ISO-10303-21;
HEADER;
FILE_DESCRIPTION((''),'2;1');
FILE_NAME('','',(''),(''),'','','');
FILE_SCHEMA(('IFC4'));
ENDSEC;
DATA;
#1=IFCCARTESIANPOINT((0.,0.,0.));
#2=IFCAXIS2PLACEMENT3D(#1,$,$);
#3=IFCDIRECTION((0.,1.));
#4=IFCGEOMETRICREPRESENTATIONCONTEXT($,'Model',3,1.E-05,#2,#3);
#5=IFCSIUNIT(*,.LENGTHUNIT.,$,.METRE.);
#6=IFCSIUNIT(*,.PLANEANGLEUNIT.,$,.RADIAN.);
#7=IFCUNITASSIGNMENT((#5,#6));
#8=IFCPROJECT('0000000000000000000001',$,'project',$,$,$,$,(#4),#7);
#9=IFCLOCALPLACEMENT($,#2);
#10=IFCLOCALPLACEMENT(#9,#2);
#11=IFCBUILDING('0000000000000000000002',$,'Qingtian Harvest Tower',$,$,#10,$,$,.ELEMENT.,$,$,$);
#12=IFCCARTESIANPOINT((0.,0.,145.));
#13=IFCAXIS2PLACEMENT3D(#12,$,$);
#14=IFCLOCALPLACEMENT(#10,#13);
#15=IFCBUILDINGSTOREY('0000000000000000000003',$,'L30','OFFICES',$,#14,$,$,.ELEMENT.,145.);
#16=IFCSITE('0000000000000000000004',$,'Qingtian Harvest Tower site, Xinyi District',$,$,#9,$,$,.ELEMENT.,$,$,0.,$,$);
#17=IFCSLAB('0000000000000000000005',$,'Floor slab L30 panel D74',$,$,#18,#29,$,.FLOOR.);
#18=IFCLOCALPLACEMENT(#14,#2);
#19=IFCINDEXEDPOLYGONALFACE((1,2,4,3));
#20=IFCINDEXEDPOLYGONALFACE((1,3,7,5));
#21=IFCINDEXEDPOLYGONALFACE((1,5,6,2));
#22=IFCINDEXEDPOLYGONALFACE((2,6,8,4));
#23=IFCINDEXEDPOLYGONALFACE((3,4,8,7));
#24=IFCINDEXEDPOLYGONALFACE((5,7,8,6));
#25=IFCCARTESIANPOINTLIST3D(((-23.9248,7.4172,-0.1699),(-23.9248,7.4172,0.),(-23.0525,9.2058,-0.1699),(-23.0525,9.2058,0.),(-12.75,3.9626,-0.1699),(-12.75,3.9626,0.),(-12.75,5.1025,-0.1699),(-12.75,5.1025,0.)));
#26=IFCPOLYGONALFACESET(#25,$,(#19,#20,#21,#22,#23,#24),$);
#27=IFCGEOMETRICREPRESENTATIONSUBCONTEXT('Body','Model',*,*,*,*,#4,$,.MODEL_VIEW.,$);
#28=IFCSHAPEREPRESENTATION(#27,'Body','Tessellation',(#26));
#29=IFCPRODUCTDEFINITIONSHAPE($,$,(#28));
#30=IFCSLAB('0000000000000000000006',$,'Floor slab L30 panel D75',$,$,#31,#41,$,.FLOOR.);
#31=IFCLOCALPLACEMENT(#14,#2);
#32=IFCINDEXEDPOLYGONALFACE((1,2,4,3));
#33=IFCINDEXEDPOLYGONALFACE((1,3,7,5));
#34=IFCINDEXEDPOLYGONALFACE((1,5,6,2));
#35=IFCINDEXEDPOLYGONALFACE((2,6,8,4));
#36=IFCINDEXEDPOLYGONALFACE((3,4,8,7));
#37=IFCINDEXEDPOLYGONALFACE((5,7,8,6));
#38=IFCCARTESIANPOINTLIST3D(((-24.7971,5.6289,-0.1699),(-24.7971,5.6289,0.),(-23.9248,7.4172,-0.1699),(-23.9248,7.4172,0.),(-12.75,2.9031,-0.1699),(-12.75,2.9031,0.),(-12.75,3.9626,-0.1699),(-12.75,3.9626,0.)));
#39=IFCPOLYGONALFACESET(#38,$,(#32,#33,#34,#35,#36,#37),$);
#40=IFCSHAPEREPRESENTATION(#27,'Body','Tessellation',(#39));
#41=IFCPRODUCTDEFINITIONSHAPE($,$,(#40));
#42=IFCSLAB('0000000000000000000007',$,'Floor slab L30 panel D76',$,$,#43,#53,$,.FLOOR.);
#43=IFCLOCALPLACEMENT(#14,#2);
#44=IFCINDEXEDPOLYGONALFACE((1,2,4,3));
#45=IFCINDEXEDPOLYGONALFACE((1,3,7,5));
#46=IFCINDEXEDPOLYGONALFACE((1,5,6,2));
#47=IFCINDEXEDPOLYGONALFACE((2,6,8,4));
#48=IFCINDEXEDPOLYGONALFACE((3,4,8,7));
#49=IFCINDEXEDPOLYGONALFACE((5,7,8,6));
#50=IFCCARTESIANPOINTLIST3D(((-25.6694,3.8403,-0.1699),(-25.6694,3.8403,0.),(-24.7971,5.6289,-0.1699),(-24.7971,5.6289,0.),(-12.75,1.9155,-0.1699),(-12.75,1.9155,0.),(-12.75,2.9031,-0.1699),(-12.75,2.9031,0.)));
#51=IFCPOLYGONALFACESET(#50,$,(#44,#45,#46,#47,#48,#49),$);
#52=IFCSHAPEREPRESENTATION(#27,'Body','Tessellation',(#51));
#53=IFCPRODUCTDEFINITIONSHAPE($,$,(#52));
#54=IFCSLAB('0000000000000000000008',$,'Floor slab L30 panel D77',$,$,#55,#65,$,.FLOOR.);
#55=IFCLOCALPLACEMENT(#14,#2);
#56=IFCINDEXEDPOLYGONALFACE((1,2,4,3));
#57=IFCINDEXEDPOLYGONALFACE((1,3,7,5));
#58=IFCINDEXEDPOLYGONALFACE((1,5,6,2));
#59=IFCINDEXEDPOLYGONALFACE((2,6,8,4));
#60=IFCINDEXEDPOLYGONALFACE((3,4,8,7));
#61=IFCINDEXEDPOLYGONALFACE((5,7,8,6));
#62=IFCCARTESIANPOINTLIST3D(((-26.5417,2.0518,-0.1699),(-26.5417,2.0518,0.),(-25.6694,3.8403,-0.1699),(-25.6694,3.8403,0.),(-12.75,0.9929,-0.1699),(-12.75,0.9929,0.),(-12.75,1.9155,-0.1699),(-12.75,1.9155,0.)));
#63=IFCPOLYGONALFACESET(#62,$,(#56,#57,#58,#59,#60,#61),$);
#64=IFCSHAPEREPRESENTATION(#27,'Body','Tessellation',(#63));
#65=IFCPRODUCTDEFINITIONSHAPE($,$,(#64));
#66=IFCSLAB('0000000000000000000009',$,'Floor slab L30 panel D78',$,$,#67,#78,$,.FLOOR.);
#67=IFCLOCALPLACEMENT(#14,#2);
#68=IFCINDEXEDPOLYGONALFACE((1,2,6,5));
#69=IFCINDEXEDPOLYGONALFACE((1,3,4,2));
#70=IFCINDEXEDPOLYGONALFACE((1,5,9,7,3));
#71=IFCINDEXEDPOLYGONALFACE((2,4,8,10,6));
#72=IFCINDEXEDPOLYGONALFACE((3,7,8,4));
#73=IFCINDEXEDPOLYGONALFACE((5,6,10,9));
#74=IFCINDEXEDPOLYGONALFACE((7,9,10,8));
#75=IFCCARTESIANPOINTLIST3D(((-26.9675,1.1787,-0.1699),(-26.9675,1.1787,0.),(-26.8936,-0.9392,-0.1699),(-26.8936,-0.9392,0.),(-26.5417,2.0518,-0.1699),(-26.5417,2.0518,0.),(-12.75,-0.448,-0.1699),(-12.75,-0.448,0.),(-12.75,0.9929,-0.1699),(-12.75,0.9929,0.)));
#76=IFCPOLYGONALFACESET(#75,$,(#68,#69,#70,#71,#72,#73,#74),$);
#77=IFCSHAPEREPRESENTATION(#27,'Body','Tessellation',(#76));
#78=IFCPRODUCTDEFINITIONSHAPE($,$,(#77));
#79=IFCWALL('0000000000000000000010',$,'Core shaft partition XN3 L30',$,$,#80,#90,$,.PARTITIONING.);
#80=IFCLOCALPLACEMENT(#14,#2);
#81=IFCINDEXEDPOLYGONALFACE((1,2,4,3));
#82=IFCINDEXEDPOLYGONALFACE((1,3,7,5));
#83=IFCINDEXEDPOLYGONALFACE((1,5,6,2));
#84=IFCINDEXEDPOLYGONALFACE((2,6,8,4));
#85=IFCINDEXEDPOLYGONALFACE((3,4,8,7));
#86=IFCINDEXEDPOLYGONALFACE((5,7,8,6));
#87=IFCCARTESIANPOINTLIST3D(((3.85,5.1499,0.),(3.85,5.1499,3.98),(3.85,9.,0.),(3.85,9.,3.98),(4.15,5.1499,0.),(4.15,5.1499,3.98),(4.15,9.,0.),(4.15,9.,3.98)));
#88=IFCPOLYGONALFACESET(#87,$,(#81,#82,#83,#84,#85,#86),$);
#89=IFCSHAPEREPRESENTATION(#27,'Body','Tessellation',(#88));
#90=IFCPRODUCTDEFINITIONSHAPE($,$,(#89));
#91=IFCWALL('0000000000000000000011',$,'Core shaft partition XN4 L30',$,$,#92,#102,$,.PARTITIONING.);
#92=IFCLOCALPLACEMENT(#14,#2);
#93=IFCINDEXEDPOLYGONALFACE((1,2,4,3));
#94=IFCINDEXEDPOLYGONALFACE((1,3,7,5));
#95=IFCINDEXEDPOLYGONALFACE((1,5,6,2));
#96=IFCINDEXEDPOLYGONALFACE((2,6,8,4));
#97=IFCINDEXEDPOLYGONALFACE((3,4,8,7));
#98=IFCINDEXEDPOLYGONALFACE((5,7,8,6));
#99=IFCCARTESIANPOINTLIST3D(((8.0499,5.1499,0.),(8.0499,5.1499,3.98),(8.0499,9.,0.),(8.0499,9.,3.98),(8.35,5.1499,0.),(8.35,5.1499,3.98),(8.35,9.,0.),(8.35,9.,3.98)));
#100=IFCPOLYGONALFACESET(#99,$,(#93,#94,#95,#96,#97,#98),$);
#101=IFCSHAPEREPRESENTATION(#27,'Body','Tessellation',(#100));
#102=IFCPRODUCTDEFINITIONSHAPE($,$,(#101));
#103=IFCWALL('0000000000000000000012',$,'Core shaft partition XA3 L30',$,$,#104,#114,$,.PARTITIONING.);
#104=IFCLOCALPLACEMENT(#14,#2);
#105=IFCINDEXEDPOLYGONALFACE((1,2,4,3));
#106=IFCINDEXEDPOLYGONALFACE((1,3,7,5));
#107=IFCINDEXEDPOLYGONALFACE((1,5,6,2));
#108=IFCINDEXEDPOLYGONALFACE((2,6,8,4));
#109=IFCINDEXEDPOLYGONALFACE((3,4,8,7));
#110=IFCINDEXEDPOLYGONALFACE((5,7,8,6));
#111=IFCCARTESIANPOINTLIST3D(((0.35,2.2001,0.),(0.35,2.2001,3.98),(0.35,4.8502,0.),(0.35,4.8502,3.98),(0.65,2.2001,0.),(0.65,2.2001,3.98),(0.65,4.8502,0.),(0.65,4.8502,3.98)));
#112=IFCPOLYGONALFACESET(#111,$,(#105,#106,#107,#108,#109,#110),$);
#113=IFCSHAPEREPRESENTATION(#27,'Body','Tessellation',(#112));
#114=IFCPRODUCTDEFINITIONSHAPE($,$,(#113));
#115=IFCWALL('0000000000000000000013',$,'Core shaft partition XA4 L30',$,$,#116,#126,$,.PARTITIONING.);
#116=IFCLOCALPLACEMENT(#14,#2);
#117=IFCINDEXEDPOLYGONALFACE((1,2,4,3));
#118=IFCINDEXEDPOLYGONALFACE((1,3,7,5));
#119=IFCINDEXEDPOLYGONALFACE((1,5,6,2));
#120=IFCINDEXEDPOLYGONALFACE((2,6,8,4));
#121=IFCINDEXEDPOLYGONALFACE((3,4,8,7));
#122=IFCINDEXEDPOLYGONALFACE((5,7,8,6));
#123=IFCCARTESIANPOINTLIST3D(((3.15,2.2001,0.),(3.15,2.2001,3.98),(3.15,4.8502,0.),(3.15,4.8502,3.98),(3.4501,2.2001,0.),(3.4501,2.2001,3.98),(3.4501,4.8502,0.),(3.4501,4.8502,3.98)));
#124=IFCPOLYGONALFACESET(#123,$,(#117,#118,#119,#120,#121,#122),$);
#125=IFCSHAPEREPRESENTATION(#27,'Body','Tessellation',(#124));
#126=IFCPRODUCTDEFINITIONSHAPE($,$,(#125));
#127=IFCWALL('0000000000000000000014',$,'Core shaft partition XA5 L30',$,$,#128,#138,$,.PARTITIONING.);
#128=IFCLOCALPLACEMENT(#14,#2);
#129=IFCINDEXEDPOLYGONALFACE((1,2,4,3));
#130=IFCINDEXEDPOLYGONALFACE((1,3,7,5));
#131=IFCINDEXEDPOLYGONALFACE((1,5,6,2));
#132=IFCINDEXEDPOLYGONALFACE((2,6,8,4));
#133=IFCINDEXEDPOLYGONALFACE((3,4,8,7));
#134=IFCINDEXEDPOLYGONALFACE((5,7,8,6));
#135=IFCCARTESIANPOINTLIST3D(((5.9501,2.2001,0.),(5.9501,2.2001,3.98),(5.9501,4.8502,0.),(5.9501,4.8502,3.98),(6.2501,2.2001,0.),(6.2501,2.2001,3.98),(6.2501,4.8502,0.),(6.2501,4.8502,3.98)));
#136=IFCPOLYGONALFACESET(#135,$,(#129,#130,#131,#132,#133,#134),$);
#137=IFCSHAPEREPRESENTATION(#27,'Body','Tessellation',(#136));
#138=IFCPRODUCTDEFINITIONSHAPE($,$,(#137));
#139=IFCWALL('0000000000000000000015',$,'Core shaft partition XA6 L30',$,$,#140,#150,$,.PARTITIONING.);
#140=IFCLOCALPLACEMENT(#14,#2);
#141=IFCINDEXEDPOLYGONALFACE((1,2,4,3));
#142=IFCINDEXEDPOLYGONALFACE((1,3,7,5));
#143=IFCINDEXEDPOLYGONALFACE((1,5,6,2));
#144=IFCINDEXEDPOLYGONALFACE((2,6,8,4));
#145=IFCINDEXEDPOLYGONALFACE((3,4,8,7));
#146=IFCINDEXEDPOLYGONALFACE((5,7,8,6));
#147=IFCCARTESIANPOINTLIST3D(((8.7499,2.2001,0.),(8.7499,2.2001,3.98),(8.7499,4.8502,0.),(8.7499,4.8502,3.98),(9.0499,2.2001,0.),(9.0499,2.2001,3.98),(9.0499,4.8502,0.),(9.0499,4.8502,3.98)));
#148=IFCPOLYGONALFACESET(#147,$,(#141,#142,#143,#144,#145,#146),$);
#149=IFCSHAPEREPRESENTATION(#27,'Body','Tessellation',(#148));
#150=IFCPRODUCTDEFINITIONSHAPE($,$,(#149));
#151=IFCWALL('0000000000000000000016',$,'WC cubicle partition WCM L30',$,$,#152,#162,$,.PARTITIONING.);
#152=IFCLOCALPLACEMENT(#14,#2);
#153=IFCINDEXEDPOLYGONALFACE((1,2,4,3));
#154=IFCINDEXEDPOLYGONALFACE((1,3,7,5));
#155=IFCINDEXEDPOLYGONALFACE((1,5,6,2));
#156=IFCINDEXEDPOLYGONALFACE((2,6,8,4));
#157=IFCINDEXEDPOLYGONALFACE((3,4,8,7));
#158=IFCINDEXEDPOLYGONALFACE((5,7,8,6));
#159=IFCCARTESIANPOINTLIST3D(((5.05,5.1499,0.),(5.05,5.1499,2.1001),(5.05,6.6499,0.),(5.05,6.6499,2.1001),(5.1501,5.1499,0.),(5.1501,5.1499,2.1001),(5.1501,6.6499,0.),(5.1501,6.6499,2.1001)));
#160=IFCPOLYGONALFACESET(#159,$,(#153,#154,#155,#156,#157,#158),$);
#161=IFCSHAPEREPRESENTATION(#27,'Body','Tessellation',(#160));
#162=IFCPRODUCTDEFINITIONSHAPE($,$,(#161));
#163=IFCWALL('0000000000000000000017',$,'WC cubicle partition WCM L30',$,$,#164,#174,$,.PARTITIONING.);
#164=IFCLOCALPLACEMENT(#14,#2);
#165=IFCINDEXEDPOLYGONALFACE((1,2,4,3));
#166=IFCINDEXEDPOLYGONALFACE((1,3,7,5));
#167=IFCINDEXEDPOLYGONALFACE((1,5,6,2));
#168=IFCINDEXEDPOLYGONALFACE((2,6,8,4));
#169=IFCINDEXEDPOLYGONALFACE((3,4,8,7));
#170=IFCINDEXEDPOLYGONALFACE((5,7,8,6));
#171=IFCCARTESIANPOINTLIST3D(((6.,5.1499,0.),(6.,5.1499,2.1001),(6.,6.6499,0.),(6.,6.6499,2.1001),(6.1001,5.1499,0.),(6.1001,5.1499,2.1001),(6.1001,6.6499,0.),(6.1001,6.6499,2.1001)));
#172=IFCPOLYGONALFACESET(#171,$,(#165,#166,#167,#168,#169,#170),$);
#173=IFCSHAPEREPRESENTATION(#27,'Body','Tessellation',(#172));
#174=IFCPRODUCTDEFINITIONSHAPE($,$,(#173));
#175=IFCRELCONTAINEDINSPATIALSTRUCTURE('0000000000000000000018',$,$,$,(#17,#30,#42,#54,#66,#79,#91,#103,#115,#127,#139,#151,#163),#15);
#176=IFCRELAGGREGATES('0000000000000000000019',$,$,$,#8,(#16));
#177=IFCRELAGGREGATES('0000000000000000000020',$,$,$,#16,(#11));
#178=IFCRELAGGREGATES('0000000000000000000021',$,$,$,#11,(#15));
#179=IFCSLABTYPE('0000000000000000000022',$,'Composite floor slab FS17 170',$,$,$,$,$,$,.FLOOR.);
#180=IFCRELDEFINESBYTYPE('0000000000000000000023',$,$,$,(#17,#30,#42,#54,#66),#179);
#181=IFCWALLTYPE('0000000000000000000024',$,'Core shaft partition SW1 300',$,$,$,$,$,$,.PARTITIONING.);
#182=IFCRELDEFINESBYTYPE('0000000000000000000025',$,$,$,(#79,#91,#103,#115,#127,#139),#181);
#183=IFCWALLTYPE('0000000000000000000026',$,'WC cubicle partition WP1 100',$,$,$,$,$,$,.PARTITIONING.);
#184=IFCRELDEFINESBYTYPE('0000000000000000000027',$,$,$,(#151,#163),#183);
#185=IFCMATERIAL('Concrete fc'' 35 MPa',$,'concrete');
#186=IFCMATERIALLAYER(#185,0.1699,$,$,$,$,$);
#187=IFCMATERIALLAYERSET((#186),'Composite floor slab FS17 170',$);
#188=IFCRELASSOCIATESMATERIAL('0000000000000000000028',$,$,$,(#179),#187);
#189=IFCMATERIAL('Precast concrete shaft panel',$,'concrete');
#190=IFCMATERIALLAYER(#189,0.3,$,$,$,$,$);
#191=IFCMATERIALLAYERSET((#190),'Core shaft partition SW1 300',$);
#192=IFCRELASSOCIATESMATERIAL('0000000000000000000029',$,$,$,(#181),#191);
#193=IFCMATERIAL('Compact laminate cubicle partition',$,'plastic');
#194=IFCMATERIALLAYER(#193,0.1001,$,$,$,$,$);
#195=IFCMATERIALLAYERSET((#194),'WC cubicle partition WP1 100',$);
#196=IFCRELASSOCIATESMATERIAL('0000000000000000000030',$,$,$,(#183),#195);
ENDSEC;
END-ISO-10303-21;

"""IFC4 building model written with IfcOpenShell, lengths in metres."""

from ifc_helpers import new_model, si_unit, direction, frame, frame_2d, origin, place, context, subcontext, project, spatial, polyline, rectangle, outline, extrude, material, layer, layer_set, type_object, element, save


model = new_model("IFC4")

# Units and contexts
model_context = context("Model", 3, precision=1e-05, world=origin(), true_north=direction((0.0, 1.0)))
body_context = subcontext(model_context, "Body", "Model", "MODEL_VIEW")
ifc_project = project(units=[si_unit("LENGTHUNIT", "METRE"), si_unit("PLANEANGLEUNIT", "RADIAN")], contexts=[model_context])

# Site, building, storey
site_placement = place(None, origin())
site = spatial("IfcSite", under=ifc_project, at=site_placement, Name="Qingtian Harvest Tower site, Xinyi District", CompositionType="ELEMENT", RefElevation=0.0)
building_placement = place(site_placement, origin())
building = spatial("IfcBuilding", under=site, at=building_placement, Name="Qingtian Harvest Tower", CompositionType="ELEMENT")
storey_placement = place(building_placement, frame((0.0, 0.0, 145.0)))
storey = spatial("IfcBuildingStorey", under=building, at=storey_placement, Name="L30", Description="OFFICES", CompositionType="ELEMENT", Elevation=145.0)

# Slabs
ifc_material_1 = material(Name="Concrete fc' 35 MPa", Category="concrete")
ifc_layer_1 = layer(ifc_material_1, 0.1699)
ifc_layer_set_1 = layer_set([ifc_layer_1], Name="Composite floor slab FS17 170")
slab_type = type_object("IfcSlabType", Name="Composite floor slab FS17 170", PredefinedType="FLOOR", material=ifc_layer_set_1)
slab_1_placement = place(storey_placement, frame((0.0, 0.0, -0.1699)))
element("IfcSlab", 1, at=slab_1_placement, inside=storey, type_object=slab_type, Name="Floor slab L30 panel D74", PredefinedType="FLOOR", context=body_context, shape_type="SweptSolid", body=[
    extrude(outline(polyline([(-12.75, 3.9626), (-23.9248, 7.4172), (-23.0525, 9.2058), (-12.75, 5.1025), (-12.75, 3.9626)])), origin(), (0.0, 0.0, 1.0), 0.1699),
])
slab_2_placement = place(storey_placement, frame((0.0, 0.0, -0.1699)))
element("IfcSlab", 2, at=slab_2_placement, inside=storey, type_object=slab_type, Name="Floor slab L30 panel D75", PredefinedType="FLOOR", context=body_context, shape_type="SweptSolid", body=[
    extrude(outline(polyline([(-12.75, 2.9031), (-24.7971, 5.6289), (-23.9248, 7.4172), (-12.75, 3.9626), (-12.75, 2.9031)])), origin(), (0.0, 0.0, 1.0), 0.1699),
])
slab_3_placement = place(storey_placement, frame((0.0, 0.0, -0.1699)))
element("IfcSlab", 3, at=slab_3_placement, inside=storey, type_object=slab_type, Name="Floor slab L30 panel D76", PredefinedType="FLOOR", context=body_context, shape_type="SweptSolid", body=[
    extrude(outline(polyline([(-12.75, 1.9155), (-25.6694, 3.8403), (-24.7971, 5.6289), (-12.75, 2.9031), (-12.75, 1.9155)])), origin(), (0.0, 0.0, 1.0), 0.1699),
])
slab_4_placement = place(storey_placement, frame((0.0, 0.0, -0.1699)))
element("IfcSlab", 4, at=slab_4_placement, inside=storey, type_object=slab_type, Name="Floor slab L30 panel D77", PredefinedType="FLOOR", context=body_context, shape_type="SweptSolid", body=[
    extrude(outline(polyline([(-12.75, 0.9929), (-26.5417, 2.0518), (-25.6694, 3.8403), (-12.75, 1.9155), (-12.75, 0.9929)])), origin(), (0.0, 0.0, 1.0), 0.1699),
])
slab_5_placement = place(storey_placement, frame((0.0, 0.0, -0.1699)))
element("IfcSlab", 5, at=slab_5_placement, inside=storey, type_object=slab_type, Name="Floor slab L30 panel D78", PredefinedType="FLOOR", context=body_context, shape_type="SweptSolid", body=[
    extrude(outline(polyline([(-12.75, 0.9929), (-12.75, -0.448), (-26.8936, -0.9392), (-26.9675, 1.1787), (-26.5417, 2.0518), (-12.75, 0.9929)])), origin(), (0.0, 0.0, 1.0), 0.1699),
])

# Shared definitions
ifc_material_2 = material(Name="Precast concrete shaft panel", Category="concrete")
ifc_layer_2 = layer(ifc_material_2, 0.3)
ifc_layer_set_2 = layer_set([ifc_layer_2], Name="Core shaft partition SW1 300")
wall_type_1 = type_object("IfcWallType", Name="Core shaft partition SW1 300", PredefinedType="PARTITIONING", material=ifc_layer_set_2)

# Walls
for number, where, z_axis, x_axis, name in (
    (6, (4.0, 5.1499, 0.0), (0.0, 0.0, 1.0), (0.0, 1.0, 0.0), "Core shaft partition XN3 L30"),
    (7, (8.2, 5.1499, 0.0), (0.0, 0.0, 1.0), (0.0, 1.0, 0.0), "Core shaft partition XN4 L30"),
):
    element("IfcWall", number, at=place(storey_placement, frame(where, z_axis=z_axis, x_axis=x_axis)), inside=storey, type_object=wall_type_1, Name=name, PredefinedType="PARTITIONING", context=body_context, shape_type="SweptSolid", body=[
        extrude(rectangle(XDim=3.8501, YDim=0.3, at=frame_2d((1.925, 0.0))), origin(), (0.0, 0.0, 1.0), 3.98),
    ])
for number, where, z_axis, x_axis, name in (
    (8, (0.5, 2.2, 0.0), (0.0, 0.0, 1.0), (0.0, 1.0, 0.0), "Core shaft partition XA3 L30"),
    (9, (3.3, 2.2, 0.0), (0.0, 0.0, 1.0), (0.0, 1.0, 0.0), "Core shaft partition XA4 L30"),
    (10, (6.1001, 2.2, 0.0), (0.0, 0.0, 1.0), (0.0, 1.0, 0.0), "Core shaft partition XA5 L30"),
    (11, (8.8999, 2.2, 0.0), (0.0, 0.0, 1.0), (0.0, 1.0, 0.0), "Core shaft partition XA6 L30"),
):
    element("IfcWall", number, at=place(storey_placement, frame(where, z_axis=z_axis, x_axis=x_axis)), inside=storey, type_object=wall_type_1, Name=name, PredefinedType="PARTITIONING", context=body_context, shape_type="SweptSolid", body=[
        extrude(rectangle(XDim=2.6501, YDim=0.3, at=frame_2d((1.3252, 0.0))), origin(), (0.0, 0.0, 1.0), 3.98),
    ])
ifc_material_3 = material(Name="Compact laminate cubicle partition", Category="plastic")
ifc_layer_3 = layer(ifc_material_3, 0.1001)
ifc_layer_set_3 = layer_set([ifc_layer_3], Name="WC cubicle partition WP1 100")
wall_type_2 = type_object("IfcWallType", Name="WC cubicle partition WP1 100", PredefinedType="PARTITIONING", material=ifc_layer_set_3)
for number, where, z_axis, x_axis, name in (
    (12, (5.1001, 5.1499, 0.0), (0.0, 0.0, 1.0), (0.0, 1.0, 0.0), "WC cubicle partition WCM L30"),
    (13, (6.05, 5.1499, 0.0), (0.0, 0.0, 1.0), (0.0, 1.0, 0.0), "WC cubicle partition WCM L30"),
):
    element("IfcWall", number, at=place(storey_placement, frame(where, z_axis=z_axis, x_axis=x_axis)), inside=storey, type_object=wall_type_2, Name=name, PredefinedType="PARTITIONING", context=body_context, shape_type="SweptSolid", body=[
        extrude(rectangle(XDim=1.5, YDim=0.1001, at=frame_2d((0.75, 0.0))), origin(), (0.0, 0.0, 1.0), 2.1001),
    ])

save(model, "model.ifc")
